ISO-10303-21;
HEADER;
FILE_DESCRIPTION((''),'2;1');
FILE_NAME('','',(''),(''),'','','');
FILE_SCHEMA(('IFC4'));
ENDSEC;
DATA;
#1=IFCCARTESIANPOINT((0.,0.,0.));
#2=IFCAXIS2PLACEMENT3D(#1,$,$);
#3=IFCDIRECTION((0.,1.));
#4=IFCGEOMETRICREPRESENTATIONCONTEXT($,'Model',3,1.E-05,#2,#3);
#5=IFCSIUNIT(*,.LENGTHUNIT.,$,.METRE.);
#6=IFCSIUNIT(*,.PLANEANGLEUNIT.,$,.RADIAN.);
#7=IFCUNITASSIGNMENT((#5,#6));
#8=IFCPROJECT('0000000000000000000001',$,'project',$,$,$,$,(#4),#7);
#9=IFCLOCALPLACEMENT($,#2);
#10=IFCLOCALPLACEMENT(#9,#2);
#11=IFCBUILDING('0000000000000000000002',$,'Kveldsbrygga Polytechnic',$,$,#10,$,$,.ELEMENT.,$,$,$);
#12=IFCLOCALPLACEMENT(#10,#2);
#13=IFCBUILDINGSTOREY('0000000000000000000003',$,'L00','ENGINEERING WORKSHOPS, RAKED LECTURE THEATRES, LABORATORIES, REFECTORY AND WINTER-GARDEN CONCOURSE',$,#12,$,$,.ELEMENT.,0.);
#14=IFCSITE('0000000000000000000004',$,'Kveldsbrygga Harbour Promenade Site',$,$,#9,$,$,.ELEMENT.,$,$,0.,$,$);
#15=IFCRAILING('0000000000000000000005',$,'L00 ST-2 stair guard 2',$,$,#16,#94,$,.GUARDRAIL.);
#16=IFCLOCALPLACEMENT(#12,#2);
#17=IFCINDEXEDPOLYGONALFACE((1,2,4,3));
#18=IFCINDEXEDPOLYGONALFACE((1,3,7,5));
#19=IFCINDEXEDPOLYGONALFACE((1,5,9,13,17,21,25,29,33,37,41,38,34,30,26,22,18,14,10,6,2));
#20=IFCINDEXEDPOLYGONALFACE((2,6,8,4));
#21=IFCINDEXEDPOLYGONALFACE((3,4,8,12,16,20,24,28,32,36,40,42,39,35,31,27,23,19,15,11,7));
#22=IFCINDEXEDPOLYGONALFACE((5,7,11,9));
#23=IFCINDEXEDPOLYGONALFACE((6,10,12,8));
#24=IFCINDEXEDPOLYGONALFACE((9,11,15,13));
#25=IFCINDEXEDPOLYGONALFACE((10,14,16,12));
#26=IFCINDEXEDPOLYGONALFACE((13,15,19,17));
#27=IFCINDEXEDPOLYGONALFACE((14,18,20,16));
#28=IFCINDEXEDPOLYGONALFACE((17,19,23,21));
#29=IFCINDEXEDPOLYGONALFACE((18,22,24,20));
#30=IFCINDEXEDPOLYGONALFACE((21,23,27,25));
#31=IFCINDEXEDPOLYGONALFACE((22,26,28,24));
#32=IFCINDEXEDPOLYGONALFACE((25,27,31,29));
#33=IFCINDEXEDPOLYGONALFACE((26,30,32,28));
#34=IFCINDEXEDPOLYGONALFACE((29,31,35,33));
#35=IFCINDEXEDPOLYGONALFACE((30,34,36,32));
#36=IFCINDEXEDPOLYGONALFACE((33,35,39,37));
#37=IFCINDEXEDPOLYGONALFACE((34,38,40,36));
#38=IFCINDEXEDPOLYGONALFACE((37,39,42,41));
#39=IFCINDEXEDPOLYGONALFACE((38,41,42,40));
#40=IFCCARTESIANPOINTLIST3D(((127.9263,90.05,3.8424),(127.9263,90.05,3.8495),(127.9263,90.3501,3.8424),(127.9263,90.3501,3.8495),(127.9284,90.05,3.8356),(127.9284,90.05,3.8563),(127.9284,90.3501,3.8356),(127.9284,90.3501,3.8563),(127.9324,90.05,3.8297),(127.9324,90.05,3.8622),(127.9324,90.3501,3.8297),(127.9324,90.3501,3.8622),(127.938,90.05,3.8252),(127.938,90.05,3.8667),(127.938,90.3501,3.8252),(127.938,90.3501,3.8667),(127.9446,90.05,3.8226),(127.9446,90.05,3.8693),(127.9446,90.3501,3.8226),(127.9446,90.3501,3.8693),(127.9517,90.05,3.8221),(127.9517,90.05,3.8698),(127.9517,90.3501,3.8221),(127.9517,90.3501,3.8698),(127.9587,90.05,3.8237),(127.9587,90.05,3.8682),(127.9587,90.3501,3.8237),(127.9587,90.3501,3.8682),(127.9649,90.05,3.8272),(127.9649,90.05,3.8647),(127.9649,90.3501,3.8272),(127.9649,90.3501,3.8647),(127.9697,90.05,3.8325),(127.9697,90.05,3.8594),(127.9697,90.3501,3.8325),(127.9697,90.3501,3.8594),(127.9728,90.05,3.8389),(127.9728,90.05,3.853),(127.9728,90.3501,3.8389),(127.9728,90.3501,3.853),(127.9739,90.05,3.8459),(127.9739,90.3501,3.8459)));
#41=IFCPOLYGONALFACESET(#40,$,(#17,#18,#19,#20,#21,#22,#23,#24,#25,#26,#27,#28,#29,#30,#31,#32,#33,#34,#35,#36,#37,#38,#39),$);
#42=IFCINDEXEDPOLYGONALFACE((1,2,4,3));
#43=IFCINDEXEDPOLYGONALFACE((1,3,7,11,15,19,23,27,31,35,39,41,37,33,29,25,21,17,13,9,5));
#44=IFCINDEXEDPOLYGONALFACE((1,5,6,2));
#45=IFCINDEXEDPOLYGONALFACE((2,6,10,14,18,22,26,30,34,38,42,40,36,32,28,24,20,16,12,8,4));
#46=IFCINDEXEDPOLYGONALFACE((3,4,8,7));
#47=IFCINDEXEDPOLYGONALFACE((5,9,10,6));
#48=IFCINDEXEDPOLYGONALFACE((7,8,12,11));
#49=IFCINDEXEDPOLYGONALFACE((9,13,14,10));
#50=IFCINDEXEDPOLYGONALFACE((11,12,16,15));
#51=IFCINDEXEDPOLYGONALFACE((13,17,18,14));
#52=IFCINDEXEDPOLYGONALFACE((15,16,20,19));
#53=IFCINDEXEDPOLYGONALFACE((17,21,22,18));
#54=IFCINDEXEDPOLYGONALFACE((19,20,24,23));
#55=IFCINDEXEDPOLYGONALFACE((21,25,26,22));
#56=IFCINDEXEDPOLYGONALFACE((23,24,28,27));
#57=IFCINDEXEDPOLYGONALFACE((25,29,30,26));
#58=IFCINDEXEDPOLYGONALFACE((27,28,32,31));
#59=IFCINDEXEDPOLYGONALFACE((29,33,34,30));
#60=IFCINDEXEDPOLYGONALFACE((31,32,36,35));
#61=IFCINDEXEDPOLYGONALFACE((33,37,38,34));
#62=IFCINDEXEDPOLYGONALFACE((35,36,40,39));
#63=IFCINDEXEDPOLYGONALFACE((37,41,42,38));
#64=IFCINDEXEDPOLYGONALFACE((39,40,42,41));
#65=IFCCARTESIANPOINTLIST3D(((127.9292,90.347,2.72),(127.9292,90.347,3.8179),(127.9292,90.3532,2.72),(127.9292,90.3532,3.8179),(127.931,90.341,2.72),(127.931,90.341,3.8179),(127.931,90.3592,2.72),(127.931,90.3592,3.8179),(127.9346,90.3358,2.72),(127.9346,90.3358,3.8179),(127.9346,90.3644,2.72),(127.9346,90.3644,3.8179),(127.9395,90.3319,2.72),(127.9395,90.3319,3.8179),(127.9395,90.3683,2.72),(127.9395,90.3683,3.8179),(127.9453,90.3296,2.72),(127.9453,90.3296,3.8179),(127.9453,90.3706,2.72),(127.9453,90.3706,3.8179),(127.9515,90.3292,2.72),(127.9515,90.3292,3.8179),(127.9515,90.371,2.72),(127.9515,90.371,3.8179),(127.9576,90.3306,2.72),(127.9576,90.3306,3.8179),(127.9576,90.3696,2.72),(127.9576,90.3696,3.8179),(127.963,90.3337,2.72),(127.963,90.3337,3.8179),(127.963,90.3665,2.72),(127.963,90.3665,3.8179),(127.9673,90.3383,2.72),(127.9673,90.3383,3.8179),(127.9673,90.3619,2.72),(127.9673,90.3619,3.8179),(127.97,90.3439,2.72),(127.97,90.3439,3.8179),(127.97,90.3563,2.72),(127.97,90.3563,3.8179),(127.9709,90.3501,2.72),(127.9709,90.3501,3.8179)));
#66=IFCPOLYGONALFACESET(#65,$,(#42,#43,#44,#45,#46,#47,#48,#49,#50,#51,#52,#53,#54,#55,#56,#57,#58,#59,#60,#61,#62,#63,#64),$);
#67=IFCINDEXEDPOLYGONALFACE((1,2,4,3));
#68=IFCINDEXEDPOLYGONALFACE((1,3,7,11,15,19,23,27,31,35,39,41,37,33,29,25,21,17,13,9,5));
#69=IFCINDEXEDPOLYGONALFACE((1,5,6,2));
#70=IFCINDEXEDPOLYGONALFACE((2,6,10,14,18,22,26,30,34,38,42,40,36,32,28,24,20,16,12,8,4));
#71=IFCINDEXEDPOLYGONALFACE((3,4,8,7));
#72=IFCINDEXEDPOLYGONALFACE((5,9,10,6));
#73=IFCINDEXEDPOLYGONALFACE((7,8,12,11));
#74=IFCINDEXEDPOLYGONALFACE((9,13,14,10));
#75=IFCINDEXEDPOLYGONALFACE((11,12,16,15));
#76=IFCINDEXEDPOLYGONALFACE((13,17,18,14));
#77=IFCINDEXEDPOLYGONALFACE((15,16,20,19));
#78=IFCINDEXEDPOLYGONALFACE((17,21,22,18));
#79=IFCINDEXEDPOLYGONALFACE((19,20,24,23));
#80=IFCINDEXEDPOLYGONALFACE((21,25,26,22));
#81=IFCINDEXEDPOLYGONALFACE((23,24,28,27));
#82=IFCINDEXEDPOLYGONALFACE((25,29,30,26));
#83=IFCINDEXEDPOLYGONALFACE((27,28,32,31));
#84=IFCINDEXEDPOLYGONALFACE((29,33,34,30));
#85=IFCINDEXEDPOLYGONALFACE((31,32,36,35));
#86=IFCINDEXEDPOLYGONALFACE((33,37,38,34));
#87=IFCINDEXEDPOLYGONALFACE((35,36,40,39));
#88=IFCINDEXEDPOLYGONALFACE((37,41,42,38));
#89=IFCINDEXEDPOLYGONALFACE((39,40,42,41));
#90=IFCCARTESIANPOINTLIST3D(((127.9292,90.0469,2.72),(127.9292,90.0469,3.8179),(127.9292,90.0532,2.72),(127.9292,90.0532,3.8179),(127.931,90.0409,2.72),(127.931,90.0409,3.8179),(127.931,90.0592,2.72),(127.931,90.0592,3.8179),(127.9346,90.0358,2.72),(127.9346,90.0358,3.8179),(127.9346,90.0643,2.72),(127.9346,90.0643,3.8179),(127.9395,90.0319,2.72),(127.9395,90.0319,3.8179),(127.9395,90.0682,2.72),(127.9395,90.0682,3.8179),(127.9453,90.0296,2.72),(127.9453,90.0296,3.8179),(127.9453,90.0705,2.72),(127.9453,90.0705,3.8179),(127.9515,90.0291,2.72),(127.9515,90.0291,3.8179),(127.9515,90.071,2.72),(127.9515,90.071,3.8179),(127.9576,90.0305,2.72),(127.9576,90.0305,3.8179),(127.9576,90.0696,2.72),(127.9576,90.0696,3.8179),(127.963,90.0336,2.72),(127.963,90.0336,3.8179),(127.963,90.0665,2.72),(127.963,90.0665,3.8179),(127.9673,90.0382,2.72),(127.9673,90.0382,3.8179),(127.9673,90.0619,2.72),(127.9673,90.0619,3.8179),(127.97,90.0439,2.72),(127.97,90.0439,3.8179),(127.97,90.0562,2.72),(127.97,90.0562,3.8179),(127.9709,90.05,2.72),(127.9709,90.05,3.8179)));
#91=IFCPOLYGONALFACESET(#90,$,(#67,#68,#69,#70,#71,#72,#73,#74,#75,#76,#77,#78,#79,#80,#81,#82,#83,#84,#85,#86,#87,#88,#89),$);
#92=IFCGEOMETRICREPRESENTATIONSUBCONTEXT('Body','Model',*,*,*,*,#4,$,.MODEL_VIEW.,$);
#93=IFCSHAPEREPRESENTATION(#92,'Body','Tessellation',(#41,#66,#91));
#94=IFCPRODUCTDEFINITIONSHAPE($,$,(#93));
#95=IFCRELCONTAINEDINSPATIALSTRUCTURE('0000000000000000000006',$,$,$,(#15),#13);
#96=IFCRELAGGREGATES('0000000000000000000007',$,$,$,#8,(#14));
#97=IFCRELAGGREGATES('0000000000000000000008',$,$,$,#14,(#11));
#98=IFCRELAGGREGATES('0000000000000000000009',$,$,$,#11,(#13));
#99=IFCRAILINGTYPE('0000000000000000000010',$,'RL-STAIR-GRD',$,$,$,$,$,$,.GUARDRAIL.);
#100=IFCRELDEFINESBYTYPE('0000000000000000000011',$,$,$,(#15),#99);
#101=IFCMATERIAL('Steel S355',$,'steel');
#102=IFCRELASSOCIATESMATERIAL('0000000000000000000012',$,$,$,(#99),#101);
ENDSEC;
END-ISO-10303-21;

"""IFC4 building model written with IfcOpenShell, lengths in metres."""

from ifc_helpers import new_model, si_unit, direction, frame, origin, origin_2d, place, context, subcontext, project, spatial, circle, extrude, material, type_object, element, save


model = new_model("IFC4")

# Units and contexts
model_context = context("Model", 3, precision=1e-05, world=origin(), true_north=direction((0.0, 1.0)))
body_context = subcontext(model_context, "Body", "Model", "MODEL_VIEW")
ifc_project = project(units=[si_unit("LENGTHUNIT", "METRE"), si_unit("PLANEANGLEUNIT", "RADIAN")], contexts=[model_context])

# Site, building, storey
site_placement = place(None, origin())
site = spatial("IfcSite", under=ifc_project, at=site_placement, Name="Kveldsbrygga Harbour Promenade Site", CompositionType="ELEMENT", RefElevation=0.0)
building_placement = place(site_placement, origin())
building = spatial("IfcBuilding", under=site, at=building_placement, Name="Kveldsbrygga Polytechnic", CompositionType="ELEMENT")
storey_placement = place(building_placement, origin())
storey = spatial("IfcBuildingStorey", under=building, at=storey_placement, Name="L00", Description="ENGINEERING WORKSHOPS, RAKED LECTURE THEATRES, LABORATORIES, REFECTORY AND WINTER-GARDEN CONCOURSE", CompositionType="ELEMENT", Elevation=0.0)

# Railing
ifc_material_1 = material(Name="Steel S355", Category="steel")
railing_type_1 = type_object("IfcRailingType", Name="RL-STAIR-GRD", PredefinedType="GUARDRAIL", material=ifc_material_1)
railing_1_placement = place(storey_placement, frame((127.95, 90.3501, 2.72)))
element("IfcRailing", 1, at=railing_1_placement, inside=storey, type_object=railing_type_1, Name="L00 ST-2 stair guard 2", PredefinedType="GUARDRAIL", context=body_context, shape_type="SweptSolid", body=[
    extrude(circle(Radius=0.0239, at=origin_2d()), frame((0.0, 0.0, 1.126), z_axis=(0.0, -1.0, 0.0), x_axis=(1.0, 0.0, 0.0)), (0.0, 0.0, 1.0), 0.3),
    extrude(circle(Radius=0.021, at=origin_2d()), origin(), (0.0, 0.0, 1.0), 1.0979),
    extrude(circle(Radius=0.021, at=origin_2d()), frame((0.0, -0.3, 0.0)), (0.0, 0.0, 1.0), 1.0979),
])

save(model, "model.ifc")
